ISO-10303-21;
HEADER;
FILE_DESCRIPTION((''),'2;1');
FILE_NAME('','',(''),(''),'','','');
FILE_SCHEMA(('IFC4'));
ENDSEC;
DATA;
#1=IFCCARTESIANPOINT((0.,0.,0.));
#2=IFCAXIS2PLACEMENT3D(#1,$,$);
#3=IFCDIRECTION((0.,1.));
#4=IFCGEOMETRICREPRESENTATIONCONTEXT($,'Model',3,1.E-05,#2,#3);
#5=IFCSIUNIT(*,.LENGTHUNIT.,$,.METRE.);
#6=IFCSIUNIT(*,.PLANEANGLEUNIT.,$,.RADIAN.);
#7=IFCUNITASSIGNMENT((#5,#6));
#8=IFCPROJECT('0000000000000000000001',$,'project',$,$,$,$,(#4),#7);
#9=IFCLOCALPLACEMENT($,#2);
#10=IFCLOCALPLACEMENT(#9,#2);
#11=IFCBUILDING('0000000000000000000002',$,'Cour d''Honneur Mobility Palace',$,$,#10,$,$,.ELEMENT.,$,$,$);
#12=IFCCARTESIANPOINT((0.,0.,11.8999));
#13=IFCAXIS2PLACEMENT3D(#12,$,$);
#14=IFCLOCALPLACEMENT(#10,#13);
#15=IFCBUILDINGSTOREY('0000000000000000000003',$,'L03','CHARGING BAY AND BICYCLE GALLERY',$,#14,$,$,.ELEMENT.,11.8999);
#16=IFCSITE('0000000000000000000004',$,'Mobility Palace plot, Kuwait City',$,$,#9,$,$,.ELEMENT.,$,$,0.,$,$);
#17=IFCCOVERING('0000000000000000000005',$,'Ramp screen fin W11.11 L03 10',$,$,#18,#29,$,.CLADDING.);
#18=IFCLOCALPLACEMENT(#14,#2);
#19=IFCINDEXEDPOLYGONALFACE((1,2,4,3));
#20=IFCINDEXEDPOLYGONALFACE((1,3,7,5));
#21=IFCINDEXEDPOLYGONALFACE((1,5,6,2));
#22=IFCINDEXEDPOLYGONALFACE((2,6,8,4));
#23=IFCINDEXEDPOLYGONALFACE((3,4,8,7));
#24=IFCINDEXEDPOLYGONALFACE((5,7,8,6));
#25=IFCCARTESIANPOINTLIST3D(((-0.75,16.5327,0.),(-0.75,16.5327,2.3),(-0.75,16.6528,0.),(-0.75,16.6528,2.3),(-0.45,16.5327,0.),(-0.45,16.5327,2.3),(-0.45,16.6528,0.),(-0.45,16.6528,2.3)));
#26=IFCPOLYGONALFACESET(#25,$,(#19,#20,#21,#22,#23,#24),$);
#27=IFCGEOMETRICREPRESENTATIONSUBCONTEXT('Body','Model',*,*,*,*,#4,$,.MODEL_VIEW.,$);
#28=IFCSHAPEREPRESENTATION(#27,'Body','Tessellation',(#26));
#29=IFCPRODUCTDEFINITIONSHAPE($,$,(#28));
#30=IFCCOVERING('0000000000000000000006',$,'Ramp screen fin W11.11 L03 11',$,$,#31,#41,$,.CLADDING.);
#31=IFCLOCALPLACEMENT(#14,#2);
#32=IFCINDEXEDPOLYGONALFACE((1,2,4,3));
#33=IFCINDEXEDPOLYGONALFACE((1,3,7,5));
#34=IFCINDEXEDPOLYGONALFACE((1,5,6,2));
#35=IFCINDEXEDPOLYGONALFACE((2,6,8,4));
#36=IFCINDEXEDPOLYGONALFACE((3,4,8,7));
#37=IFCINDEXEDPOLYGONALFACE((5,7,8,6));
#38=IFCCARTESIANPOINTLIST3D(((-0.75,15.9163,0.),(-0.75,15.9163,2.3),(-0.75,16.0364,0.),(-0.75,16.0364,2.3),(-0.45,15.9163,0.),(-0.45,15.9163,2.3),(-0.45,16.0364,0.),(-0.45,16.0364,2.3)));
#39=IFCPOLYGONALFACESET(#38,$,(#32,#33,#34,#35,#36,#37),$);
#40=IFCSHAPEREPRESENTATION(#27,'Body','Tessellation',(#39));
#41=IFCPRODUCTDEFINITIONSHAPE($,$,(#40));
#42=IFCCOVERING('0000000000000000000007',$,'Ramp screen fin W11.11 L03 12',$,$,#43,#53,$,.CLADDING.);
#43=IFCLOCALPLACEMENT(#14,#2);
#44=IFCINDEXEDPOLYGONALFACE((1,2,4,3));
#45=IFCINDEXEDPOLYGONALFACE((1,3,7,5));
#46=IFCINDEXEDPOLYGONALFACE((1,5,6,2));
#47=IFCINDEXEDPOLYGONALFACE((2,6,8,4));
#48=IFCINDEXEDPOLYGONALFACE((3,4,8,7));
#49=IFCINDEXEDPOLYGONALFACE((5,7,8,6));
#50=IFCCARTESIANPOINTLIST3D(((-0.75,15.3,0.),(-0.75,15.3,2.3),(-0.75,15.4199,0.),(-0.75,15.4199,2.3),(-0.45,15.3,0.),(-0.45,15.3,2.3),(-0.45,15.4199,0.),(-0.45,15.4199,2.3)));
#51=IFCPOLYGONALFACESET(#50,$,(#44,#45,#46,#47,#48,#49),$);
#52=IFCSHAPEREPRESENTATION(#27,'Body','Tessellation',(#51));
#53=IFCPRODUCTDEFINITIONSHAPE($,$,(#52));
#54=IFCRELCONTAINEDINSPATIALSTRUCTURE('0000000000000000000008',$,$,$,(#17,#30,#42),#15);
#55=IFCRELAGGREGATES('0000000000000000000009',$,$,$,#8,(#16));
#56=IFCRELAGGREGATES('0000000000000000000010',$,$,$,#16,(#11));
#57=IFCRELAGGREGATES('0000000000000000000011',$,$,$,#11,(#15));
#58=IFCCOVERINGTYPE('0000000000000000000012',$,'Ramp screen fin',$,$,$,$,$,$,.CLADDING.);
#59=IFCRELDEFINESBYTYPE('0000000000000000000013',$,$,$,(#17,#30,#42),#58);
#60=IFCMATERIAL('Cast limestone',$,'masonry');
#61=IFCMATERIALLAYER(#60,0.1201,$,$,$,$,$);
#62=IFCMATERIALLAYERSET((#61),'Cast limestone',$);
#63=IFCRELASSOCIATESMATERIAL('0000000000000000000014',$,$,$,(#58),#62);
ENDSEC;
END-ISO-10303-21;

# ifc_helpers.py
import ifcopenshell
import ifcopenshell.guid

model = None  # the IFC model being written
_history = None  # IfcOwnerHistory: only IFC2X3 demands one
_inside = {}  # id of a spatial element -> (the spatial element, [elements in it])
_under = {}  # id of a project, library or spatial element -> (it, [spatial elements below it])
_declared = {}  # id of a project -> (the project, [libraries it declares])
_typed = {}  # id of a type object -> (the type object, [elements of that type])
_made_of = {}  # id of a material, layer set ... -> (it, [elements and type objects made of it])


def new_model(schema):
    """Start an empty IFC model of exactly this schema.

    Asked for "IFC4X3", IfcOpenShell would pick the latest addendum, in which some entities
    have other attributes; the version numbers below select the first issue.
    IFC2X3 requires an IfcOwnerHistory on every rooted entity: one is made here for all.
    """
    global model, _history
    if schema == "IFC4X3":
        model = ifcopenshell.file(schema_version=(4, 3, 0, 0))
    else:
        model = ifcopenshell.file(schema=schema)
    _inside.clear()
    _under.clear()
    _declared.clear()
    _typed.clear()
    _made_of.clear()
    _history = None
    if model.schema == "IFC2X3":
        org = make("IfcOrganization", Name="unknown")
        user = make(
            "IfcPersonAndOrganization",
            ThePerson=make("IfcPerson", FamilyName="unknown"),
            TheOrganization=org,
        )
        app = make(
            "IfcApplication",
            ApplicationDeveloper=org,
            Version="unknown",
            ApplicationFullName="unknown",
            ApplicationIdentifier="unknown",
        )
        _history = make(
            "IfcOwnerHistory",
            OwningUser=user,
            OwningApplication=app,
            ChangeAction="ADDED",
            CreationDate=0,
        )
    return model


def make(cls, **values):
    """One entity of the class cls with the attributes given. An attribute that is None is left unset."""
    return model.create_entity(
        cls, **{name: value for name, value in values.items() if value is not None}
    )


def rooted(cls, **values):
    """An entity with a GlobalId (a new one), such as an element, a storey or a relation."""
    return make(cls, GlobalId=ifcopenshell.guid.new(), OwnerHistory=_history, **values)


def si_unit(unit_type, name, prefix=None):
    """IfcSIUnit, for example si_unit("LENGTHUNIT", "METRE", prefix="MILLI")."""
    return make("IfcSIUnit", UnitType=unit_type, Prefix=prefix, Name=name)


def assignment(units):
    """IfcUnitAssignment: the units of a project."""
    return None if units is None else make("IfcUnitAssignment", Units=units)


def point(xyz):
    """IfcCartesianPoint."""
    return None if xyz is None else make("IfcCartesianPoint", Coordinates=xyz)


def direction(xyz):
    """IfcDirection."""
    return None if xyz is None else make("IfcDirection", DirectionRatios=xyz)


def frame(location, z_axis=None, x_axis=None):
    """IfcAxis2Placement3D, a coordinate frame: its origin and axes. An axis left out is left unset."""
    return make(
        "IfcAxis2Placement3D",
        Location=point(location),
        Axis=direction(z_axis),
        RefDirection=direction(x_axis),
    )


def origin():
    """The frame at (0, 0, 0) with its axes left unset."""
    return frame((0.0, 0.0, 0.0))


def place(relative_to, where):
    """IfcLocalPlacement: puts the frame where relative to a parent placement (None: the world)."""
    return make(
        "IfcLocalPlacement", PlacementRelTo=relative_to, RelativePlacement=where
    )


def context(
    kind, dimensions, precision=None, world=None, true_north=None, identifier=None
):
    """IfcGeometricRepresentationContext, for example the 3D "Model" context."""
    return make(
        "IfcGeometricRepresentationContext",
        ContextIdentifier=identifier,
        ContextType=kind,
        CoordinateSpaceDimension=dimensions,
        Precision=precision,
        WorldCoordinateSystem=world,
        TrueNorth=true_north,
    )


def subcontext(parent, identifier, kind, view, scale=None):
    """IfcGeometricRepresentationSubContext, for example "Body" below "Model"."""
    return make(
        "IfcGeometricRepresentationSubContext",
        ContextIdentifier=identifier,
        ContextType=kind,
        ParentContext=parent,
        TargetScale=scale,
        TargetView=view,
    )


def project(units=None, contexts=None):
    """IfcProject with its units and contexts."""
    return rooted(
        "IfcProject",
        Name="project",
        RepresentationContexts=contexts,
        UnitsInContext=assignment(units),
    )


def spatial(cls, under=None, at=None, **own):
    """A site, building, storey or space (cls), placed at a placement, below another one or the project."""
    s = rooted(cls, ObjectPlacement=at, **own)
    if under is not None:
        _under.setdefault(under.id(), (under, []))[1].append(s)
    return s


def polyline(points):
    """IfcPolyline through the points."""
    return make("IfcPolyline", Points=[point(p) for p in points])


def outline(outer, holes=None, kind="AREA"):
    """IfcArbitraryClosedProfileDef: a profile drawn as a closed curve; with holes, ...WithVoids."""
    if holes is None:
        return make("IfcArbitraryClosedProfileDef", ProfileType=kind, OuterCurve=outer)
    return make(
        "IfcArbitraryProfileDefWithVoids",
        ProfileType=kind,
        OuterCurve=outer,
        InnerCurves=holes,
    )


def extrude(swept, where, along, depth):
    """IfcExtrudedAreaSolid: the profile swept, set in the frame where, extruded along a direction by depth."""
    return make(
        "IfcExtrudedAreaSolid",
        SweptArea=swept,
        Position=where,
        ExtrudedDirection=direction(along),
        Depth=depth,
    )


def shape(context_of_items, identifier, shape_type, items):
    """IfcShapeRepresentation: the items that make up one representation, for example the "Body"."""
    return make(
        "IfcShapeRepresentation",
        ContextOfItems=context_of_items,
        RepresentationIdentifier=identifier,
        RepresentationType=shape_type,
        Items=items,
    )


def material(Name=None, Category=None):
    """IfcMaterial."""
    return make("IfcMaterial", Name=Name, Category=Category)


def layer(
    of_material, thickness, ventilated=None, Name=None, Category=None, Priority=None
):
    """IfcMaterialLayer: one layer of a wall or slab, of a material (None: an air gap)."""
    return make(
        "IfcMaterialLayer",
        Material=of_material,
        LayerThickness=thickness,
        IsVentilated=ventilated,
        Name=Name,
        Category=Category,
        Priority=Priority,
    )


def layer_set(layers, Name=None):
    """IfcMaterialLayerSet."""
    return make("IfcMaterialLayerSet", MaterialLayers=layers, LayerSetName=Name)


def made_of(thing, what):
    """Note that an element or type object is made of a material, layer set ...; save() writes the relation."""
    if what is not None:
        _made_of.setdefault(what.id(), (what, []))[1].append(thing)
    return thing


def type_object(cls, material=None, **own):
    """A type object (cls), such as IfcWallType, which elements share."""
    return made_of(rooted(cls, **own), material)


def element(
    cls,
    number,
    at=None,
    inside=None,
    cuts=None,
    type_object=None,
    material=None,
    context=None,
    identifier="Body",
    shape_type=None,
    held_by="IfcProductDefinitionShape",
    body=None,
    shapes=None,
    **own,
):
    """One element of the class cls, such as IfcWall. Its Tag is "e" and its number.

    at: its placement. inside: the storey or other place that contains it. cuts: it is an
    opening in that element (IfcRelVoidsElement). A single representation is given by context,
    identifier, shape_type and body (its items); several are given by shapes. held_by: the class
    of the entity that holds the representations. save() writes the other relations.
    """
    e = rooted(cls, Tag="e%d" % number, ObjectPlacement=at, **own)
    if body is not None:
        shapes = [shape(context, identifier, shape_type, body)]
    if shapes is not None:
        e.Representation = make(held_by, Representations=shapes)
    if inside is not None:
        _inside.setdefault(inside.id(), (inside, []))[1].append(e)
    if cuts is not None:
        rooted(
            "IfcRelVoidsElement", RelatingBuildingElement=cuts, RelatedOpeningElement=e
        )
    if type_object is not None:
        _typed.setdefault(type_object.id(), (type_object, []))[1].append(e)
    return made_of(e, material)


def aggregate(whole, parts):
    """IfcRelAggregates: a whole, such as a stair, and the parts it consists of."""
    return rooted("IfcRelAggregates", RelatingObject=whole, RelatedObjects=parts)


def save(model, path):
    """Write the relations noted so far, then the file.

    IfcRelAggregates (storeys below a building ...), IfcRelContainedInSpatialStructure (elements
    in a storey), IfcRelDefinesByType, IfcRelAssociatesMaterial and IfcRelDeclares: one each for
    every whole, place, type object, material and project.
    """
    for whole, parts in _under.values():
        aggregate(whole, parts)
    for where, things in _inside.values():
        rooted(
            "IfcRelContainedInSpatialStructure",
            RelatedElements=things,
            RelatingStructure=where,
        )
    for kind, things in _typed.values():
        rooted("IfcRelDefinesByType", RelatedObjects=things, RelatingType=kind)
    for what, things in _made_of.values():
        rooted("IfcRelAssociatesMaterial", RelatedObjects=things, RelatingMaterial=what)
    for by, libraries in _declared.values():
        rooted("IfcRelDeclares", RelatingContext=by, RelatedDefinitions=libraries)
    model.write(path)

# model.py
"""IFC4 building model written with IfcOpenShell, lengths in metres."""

from ifc_helpers import new_model, si_unit, direction, frame, origin, place, context, subcontext, project, spatial, polyline, outline, extrude, material, layer, layer_set, type_object, element, save


model = new_model("IFC4")

# Units and contexts
model_context = context("Model", 3, precision=1e-05, world=origin(), true_north=direction((0.0, 1.0)))
body_context = subcontext(model_context, "Body", "Model", "MODEL_VIEW")
ifc_project = project(units=[si_unit("LENGTHUNIT", "METRE"), si_unit("PLANEANGLEUNIT", "RADIAN")], contexts=[model_context])

# Site, building, storey
site_placement = place(None, origin())
site = spatial("IfcSite", under=ifc_project, at=site_placement, Name="Mobility Palace plot, Kuwait City", CompositionType="ELEMENT", RefElevation=0.0)
building_placement = place(site_placement, origin())
building = spatial("IfcBuilding", under=site, at=building_placement, Name="Cour d'Honneur Mobility Palace", CompositionType="ELEMENT")
storey_placement = place(building_placement, frame((0.0, 0.0, 11.8999)))
storey = spatial("IfcBuildingStorey", under=building, at=storey_placement, Name="L03", Description="CHARGING BAY AND BICYCLE GALLERY", CompositionType="ELEMENT", Elevation=11.8999)

# Coverings
ifc_material = material(Name="Cast limestone", Category="masonry")
ifc_layer = layer(ifc_material, 0.1201)
ifc_layer_set = layer_set([ifc_layer], Name="Cast limestone")
covering_type = type_object("IfcCoveringType", Name="Ramp screen fin", PredefinedType="CLADDING", material=ifc_layer_set)
covering_1_placement = place(storey_placement, origin())
element("IfcCovering", 1, at=covering_1_placement, inside=storey, type_object=covering_type, Name="Ramp screen fin W11.11 L03 10", PredefinedType="CLADDING", context=body_context, shape_type="SweptSolid", body=[
    extrude(outline(polyline([(-0.45, 16.6528), (-0.45, 16.5327), (-0.75, 16.5327), (-0.75, 16.6528), (-0.45, 16.6528)])), origin(), (0.0, 0.0, 1.0), 2.3),
])
covering_2_placement = place(storey_placement, origin())
element("IfcCovering", 2, at=covering_2_placement, inside=storey, type_object=covering_type, Name="Ramp screen fin W11.11 L03 11", PredefinedType="CLADDING", context=body_context, shape_type="SweptSolid", body=[
    extrude(outline(polyline([(-0.45, 16.0364), (-0.45, 15.9163), (-0.75, 15.9163), (-0.75, 16.0364), (-0.45, 16.0364)])), origin(), (0.0, 0.0, 1.0), 2.3),
])
covering_3_placement = place(storey_placement, origin())
element("IfcCovering", 3, at=covering_3_placement, inside=storey, type_object=covering_type, Name="Ramp screen fin W11.11 L03 12", PredefinedType="CLADDING", context=body_context, shape_type="SweptSolid", body=[
    extrude(outline(polyline([(-0.45, 15.4199), (-0.45, 15.3), (-0.75, 15.3), (-0.75, 15.4199), (-0.45, 15.4199)])), origin(), (0.0, 0.0, 1.0), 2.3),
])

save(model, "model.ifc")
